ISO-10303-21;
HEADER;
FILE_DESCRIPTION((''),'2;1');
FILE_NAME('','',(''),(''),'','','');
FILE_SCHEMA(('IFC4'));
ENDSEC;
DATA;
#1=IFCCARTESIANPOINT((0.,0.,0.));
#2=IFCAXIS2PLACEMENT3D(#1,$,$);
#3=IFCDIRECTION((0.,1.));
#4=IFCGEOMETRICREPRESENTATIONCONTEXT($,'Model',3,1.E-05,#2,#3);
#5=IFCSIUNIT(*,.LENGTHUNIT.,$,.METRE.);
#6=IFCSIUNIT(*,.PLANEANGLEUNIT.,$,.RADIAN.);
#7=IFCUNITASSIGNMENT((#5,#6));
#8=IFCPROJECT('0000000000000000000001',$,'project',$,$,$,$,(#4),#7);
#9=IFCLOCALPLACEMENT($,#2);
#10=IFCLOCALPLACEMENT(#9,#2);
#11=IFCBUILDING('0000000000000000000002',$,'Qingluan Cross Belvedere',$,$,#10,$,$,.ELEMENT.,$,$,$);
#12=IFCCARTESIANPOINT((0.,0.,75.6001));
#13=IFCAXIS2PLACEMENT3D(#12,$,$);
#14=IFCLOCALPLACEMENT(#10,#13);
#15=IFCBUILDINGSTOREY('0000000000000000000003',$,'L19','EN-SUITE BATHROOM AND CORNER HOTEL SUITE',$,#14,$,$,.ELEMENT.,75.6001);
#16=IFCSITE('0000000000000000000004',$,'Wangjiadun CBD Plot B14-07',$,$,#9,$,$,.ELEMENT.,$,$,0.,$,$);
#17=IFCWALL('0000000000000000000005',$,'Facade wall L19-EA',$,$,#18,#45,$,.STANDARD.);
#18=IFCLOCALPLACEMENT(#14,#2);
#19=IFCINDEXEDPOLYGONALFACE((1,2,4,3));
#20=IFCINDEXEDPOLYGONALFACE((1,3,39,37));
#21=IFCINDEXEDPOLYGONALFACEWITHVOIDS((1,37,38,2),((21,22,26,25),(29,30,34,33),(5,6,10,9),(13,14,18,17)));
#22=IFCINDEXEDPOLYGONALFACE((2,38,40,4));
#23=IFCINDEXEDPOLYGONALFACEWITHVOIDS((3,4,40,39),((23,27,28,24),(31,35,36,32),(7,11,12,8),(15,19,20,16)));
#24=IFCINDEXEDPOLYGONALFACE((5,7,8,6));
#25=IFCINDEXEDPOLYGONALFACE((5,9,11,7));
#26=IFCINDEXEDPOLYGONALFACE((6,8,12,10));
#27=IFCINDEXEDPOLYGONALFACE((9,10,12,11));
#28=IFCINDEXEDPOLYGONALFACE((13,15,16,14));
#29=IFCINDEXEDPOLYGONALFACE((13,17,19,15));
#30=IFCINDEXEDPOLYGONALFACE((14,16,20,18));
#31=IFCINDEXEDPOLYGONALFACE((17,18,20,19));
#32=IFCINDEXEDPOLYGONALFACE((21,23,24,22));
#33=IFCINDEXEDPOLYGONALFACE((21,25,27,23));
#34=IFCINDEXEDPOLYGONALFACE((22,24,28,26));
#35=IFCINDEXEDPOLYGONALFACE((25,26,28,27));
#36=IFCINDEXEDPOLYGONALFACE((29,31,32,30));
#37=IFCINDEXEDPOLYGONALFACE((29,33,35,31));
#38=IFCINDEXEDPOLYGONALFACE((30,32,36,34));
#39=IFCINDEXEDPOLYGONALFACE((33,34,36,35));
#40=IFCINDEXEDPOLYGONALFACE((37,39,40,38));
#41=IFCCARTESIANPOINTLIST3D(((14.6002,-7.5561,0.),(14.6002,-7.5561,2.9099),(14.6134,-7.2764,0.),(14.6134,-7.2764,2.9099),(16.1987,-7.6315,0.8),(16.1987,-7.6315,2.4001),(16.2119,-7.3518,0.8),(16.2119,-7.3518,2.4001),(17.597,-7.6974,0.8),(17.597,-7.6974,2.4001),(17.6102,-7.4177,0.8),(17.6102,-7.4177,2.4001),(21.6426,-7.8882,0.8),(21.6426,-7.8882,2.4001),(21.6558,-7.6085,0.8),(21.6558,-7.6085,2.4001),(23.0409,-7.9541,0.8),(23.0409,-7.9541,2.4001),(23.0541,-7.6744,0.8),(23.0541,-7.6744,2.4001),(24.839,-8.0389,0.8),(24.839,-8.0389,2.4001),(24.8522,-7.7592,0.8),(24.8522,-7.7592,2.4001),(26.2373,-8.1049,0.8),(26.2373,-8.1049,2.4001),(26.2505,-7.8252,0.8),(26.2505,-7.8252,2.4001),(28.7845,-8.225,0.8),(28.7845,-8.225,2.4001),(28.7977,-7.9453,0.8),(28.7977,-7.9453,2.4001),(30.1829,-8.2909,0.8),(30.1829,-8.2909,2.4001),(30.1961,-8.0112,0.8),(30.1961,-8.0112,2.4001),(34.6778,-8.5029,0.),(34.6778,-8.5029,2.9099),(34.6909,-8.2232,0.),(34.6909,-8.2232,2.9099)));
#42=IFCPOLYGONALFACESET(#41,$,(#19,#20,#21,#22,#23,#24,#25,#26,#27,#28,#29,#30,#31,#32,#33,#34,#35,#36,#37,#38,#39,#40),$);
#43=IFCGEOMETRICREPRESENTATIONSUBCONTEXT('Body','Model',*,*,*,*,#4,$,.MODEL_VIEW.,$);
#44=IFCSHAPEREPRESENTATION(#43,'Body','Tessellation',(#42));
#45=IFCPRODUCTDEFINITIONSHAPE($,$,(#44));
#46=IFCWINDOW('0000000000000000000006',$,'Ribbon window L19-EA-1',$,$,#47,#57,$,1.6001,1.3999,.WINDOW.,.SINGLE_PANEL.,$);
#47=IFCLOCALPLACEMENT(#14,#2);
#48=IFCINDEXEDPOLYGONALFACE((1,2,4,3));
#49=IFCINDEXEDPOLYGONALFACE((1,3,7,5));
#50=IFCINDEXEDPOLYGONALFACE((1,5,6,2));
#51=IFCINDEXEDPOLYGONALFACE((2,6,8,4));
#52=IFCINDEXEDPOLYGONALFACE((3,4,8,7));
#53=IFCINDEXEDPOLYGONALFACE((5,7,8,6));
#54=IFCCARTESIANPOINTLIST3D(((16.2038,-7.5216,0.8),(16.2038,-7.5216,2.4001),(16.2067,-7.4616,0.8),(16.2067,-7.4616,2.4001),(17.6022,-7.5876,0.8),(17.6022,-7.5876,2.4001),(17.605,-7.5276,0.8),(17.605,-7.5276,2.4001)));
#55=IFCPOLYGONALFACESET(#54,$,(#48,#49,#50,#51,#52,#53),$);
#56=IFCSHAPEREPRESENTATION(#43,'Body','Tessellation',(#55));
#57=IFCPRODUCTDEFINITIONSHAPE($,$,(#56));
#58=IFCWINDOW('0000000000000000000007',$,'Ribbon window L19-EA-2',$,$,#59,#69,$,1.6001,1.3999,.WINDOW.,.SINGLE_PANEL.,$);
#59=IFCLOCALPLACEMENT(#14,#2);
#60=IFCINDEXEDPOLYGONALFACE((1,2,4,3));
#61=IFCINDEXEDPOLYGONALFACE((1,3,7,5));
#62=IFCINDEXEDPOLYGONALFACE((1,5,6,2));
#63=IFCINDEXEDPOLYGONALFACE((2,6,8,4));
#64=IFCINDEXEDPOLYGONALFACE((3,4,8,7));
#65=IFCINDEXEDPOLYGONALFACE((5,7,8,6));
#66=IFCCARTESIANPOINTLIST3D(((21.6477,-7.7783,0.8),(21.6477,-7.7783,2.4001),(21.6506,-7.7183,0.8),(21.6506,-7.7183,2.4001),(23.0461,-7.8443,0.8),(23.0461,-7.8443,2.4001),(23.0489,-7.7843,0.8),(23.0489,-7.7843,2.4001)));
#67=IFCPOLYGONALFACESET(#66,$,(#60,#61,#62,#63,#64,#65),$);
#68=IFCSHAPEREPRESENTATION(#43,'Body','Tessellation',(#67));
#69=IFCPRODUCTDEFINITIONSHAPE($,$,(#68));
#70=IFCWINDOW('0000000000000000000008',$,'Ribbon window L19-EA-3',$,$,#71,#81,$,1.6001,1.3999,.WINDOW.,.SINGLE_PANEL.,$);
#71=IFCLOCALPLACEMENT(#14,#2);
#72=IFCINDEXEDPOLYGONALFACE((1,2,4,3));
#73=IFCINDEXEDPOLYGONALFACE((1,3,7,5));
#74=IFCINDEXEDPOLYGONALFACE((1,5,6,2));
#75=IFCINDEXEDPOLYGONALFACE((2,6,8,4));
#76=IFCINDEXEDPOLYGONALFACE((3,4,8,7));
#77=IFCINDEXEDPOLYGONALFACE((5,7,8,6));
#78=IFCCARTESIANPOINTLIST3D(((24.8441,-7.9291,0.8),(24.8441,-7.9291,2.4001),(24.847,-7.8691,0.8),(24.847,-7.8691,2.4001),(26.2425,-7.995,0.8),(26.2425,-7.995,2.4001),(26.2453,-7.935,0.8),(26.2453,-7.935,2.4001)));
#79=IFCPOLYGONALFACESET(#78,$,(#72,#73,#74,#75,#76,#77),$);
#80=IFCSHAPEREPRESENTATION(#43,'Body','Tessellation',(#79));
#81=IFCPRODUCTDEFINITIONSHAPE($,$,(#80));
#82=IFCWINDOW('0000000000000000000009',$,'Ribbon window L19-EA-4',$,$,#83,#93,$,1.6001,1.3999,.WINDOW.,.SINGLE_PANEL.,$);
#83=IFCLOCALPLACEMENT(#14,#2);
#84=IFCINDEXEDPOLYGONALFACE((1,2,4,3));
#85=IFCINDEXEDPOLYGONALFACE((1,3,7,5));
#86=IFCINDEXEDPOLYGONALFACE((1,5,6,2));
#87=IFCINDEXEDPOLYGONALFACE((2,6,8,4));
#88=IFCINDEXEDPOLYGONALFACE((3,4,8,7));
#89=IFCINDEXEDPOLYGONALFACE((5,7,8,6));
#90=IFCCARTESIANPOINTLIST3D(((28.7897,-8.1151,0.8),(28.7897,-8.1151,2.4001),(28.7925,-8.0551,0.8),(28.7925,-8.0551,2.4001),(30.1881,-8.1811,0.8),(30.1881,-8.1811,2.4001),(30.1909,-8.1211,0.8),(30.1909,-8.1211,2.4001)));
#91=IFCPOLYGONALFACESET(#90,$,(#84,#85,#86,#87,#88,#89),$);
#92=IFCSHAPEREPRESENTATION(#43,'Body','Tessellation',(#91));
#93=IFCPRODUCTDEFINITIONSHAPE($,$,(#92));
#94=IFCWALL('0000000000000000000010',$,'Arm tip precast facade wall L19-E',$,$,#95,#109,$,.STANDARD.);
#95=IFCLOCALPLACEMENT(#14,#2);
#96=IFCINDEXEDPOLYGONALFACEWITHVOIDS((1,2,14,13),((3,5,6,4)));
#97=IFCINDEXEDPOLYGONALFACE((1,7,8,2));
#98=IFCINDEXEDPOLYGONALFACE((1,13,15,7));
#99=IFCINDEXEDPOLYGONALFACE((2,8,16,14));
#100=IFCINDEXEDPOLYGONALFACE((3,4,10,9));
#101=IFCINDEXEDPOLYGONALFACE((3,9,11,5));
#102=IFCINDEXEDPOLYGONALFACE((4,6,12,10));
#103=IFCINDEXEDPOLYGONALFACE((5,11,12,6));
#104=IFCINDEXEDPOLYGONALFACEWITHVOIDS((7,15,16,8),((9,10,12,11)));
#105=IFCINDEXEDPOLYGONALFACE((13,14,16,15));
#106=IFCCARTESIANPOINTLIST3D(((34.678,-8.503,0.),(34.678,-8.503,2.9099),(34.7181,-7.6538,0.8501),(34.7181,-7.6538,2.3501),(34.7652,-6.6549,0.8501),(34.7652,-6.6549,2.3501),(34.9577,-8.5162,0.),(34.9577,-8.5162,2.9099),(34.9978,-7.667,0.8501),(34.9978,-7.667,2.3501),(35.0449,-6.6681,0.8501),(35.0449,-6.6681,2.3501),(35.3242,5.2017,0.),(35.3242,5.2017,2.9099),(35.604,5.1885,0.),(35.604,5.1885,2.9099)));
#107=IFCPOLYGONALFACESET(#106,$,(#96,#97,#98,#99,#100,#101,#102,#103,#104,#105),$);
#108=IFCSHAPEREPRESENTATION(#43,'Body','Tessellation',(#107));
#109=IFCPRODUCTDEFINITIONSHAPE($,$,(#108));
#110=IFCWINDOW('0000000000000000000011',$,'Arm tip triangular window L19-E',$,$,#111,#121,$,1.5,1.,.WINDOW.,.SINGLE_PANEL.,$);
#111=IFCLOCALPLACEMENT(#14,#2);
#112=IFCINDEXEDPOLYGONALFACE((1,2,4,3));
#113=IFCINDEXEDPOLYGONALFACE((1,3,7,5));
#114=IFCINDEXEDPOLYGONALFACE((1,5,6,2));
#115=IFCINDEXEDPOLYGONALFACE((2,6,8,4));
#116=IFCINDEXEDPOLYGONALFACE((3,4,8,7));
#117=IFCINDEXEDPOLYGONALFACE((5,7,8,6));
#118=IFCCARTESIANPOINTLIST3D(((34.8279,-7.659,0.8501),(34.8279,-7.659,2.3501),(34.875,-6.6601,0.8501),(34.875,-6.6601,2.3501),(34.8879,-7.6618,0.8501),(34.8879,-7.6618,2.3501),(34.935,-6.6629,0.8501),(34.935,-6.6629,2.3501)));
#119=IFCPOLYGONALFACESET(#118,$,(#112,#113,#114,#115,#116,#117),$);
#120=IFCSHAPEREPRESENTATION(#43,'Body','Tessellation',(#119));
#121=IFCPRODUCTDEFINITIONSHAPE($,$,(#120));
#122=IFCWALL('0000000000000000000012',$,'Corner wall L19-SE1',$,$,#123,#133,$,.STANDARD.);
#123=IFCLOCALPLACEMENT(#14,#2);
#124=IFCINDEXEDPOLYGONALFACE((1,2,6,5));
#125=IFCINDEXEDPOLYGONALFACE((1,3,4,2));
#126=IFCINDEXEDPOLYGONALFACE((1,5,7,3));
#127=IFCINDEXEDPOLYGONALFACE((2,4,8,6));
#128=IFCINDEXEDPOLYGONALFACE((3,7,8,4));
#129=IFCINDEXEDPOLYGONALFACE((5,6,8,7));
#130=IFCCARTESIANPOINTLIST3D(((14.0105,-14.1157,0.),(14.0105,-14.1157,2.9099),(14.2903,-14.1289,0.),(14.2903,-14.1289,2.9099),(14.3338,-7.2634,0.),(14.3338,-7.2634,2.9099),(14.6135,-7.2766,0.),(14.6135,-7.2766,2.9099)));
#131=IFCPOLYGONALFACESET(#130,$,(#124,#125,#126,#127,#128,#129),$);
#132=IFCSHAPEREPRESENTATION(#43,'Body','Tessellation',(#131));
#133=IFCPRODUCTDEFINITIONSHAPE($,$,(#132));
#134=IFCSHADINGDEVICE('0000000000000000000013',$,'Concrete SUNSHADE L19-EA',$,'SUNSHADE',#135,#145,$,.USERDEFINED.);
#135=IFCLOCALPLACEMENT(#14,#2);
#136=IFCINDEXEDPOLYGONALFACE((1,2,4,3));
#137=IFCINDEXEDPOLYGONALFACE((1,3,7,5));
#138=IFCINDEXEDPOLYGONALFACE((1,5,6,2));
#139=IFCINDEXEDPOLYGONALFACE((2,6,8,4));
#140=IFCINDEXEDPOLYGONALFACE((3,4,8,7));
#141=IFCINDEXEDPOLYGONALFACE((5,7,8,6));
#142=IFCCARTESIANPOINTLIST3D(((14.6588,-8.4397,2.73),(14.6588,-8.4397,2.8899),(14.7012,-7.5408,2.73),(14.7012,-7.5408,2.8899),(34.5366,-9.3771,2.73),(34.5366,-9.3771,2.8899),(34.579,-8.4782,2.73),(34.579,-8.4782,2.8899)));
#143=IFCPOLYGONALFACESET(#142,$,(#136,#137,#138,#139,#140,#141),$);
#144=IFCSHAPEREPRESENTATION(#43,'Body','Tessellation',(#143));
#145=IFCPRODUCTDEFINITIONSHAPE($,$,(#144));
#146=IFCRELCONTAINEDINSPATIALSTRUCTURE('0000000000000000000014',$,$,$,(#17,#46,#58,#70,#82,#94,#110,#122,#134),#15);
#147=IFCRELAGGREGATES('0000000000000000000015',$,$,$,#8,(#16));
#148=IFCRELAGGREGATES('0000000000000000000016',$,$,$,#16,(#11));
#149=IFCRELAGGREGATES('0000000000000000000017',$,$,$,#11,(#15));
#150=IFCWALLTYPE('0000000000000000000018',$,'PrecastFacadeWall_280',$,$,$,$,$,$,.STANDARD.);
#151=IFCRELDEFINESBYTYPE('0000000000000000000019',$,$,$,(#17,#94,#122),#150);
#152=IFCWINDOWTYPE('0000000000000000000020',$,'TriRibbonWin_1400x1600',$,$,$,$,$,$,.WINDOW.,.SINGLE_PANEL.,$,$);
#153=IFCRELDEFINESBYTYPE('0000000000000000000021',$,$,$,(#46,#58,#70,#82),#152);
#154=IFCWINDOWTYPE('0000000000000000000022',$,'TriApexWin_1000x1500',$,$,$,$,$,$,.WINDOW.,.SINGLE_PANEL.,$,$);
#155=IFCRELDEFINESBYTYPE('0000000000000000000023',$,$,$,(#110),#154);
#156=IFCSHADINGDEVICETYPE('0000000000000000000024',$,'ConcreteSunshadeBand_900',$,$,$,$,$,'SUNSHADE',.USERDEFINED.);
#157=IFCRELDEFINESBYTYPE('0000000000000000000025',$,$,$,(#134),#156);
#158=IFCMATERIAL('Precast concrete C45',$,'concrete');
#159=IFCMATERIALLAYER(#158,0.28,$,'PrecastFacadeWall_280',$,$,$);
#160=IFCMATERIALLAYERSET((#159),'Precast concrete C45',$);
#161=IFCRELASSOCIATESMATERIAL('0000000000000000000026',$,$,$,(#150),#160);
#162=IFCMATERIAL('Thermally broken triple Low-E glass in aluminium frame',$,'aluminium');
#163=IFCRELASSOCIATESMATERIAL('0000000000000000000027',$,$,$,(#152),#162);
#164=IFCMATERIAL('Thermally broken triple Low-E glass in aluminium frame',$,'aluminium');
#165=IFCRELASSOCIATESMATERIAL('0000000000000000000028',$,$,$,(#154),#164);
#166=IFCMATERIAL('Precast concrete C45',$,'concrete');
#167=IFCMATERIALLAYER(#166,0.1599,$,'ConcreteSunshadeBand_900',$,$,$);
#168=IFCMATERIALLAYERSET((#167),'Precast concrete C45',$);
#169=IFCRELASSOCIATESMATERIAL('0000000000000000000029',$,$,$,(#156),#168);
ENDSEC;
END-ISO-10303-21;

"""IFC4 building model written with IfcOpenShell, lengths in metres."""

from ifc_helpers import new_model, si_unit, direction, frame, frame_2d, origin, origin_2d, place, context, subcontext, project, spatial, rectangle, extrude, material, layer, layer_set, type_object, element, fill, save


model = new_model("IFC4")

# Units and contexts
model_context = context("Model", 3, precision=1e-05, world=origin(), true_north=direction((0.0, 1.0)))
body_context = subcontext(model_context, "Body", "Model", "MODEL_VIEW")
ifc_project = project(units=[si_unit("LENGTHUNIT", "METRE"), si_unit("PLANEANGLEUNIT", "RADIAN")], contexts=[model_context])

# Site, building, storey
site_placement = place(None, origin())
site = spatial("IfcSite", under=ifc_project, at=site_placement, Name="Wangjiadun CBD Plot B14-07", CompositionType="ELEMENT", RefElevation=0.0)
building_placement = place(site_placement, origin())
building = spatial("IfcBuilding", under=site, at=building_placement, Name="Qingluan Cross Belvedere", CompositionType="ELEMENT")
storey_placement = place(building_placement, frame((0.0, 0.0, 75.6001)))
storey = spatial("IfcBuildingStorey", under=building, at=storey_placement, Name="L19", Description="EN-SUITE BATHROOM AND CORNER HOTEL SUITE", CompositionType="ELEMENT", Elevation=75.6001)

# Wall, openings, windows
ifc_material_1 = material(Name="Precast concrete C45", Category="concrete")
ifc_layer_1 = layer(ifc_material_1, 0.28, Name="PrecastFacadeWall_280")
ifc_layer_set_1 = layer_set([ifc_layer_1], Name="Precast concrete C45")
wall_type_1 = type_object("IfcWallType", Name="PrecastFacadeWall_280", PredefinedType="STANDARD", material=ifc_layer_set_1)
wall_1_placement = place(storey_placement, frame((14.6069, -7.4163, 0.0), z_axis=(0.0, 0.0, 1.0), x_axis=(0.99889, -0.047103, 0.0)))
wall_1 = element("IfcWall", 1, at=wall_1_placement, inside=storey, type_object=wall_type_1, Name="Facade wall L19-EA", PredefinedType="STANDARD", context=body_context, shape_type="SweptSolid", body=[
    extrude(rectangle(XDim=20.0999, YDim=0.28, at=frame_2d((10.0498, 0.0))), origin(), (0.0, 0.0, 1.0), 2.9099),
])
opening_1_placement = place(wall_1_placement, frame((1.6001, 0.0, 0.8)))
opening_1 = element("IfcOpeningElement", 2, at=opening_1_placement, cuts=wall_1, PredefinedType="OPENING", context=body_context, shape_type="SweptSolid", body=[
    extrude(rectangle(XDim=1.3999, YDim=1.6001, at=frame_2d((0.7, 0.8))), frame((0.0, 0.1499, 0.0), z_axis=(0.0, -1.0, 0.0), x_axis=(1.0, 0.0, 0.0)), (0.0, 0.0, 1.0), 0.3),
])
opening_2_placement = place(wall_1_placement, frame((7.05, 0.0, 0.8)))
opening_2 = element("IfcOpeningElement", 3, at=opening_2_placement, cuts=wall_1, PredefinedType="OPENING", context=body_context, shape_type="SweptSolid", body=[
    extrude(rectangle(XDim=1.3999, YDim=1.6001, at=frame_2d((0.7, 0.8))), frame((0.0, 0.1499, 0.0), z_axis=(0.0, -1.0, 0.0), x_axis=(1.0, 0.0, 0.0)), (0.0, 0.0, 1.0), 0.3),
])
opening_3_placement = place(wall_1_placement, frame((10.25, 0.0, 0.8)))
opening_3 = element("IfcOpeningElement", 4, at=opening_3_placement, cuts=wall_1, PredefinedType="OPENING", context=body_context, shape_type="SweptSolid", body=[
    extrude(rectangle(XDim=1.3999, YDim=1.6001, at=frame_2d((0.7, 0.8))), frame((0.0, 0.1499, 0.0), z_axis=(0.0, -1.0, 0.0), x_axis=(1.0, 0.0, 0.0)), (0.0, 0.0, 1.0), 0.3),
])
opening_4_placement = place(wall_1_placement, frame((14.2, 0.0, 0.8)))
opening_4 = element("IfcOpeningElement", 5, at=opening_4_placement, cuts=wall_1, PredefinedType="OPENING", context=body_context, shape_type="SweptSolid", body=[
    extrude(rectangle(XDim=1.3999, YDim=1.6001, at=frame_2d((0.7, 0.8))), frame((0.0, 0.1499, 0.0), z_axis=(0.0, -1.0, 0.0), x_axis=(1.0, 0.0, 0.0)), (0.0, 0.0, 1.0), 0.3),
])
ifc_material_2 = material(Name="Thermally broken triple Low-E glass in aluminium frame", Category="aluminium")
window_type_1 = type_object("IfcWindowType", Name="TriRibbonWin_1400x1600", PartitioningType="SINGLE_PANEL", PredefinedType="WINDOW", material=ifc_material_2)
window_1_placement = place(opening_1_placement, origin())
window_1 = element("IfcWindow", 6, at=window_1_placement, inside=storey, type_object=window_type_1, Name="Ribbon window L19-EA-1", OverallHeight=1.6001, OverallWidth=1.3999, PartitioningType="SINGLE_PANEL", PredefinedType="WINDOW", context=body_context, shape_type="SweptSolid", body=[
    extrude(rectangle(XDim=1.3999, YDim=1.6001, at=frame_2d((0.7, 0.8))), frame((0.0, 0.03, 0.0), z_axis=(0.0, -1.0, 0.0), x_axis=(1.0, 0.0, 0.0)), (0.0, 0.0, 1.0), 0.0601),
])
fill(opening_1, window_1)
window_2_placement = place(opening_2_placement, origin())
window_2 = element("IfcWindow", 7, at=window_2_placement, inside=storey, type_object=window_type_1, Name="Ribbon window L19-EA-2", OverallHeight=1.6001, OverallWidth=1.3999, PartitioningType="SINGLE_PANEL", PredefinedType="WINDOW", context=body_context, shape_type="SweptSolid", body=[
    extrude(rectangle(XDim=1.3999, YDim=1.6001, at=frame_2d((0.7, 0.8))), frame((0.0, 0.03, 0.0), z_axis=(0.0, -1.0, 0.0), x_axis=(1.0, 0.0, 0.0)), (0.0, 0.0, 1.0), 0.0601),
])
fill(opening_2, window_2)
window_3_placement = place(opening_3_placement, origin())
window_3 = element("IfcWindow", 8, at=window_3_placement, inside=storey, type_object=window_type_1, Name="Ribbon window L19-EA-3", OverallHeight=1.6001, OverallWidth=1.3999, PartitioningType="SINGLE_PANEL", PredefinedType="WINDOW", context=body_context, shape_type="SweptSolid", body=[
    extrude(rectangle(XDim=1.3999, YDim=1.6001, at=frame_2d((0.7, 0.8))), frame((0.0, 0.03, 0.0), z_axis=(0.0, -1.0, 0.0), x_axis=(1.0, 0.0, 0.0)), (0.0, 0.0, 1.0), 0.0601),
])
fill(opening_3, window_3)
window_4_placement = place(opening_4_placement, origin())
window_4 = element("IfcWindow", 9, at=window_4_placement, inside=storey, type_object=window_type_1, Name="Ribbon window L19-EA-4", OverallHeight=1.6001, OverallWidth=1.3999, PartitioningType="SINGLE_PANEL", PredefinedType="WINDOW", context=body_context, shape_type="SweptSolid", body=[
    extrude(rectangle(XDim=1.3999, YDim=1.6001, at=frame_2d((0.7, 0.8))), frame((0.0, 0.03, 0.0), z_axis=(0.0, -1.0, 0.0), x_axis=(1.0, 0.0, 0.0)), (0.0, 0.0, 1.0), 0.0601),
])
fill(opening_4, window_4)

# Wall, opening, window
wall_2_placement = place(storey_placement, frame((34.8179, -8.5095, 0.0), z_axis=(0.0, 0.0, 1.0), x_axis=(0.047102, 0.99889, 0.0)))
wall_2 = element("IfcWall", 10, at=wall_2_placement, inside=storey, type_object=wall_type_1, Name="Arm tip precast facade wall L19-E", PredefinedType="STANDARD", context=body_context, shape_type="SweptSolid", body=[
    extrude(rectangle(XDim=13.72, YDim=0.28, at=frame_2d((6.8599, 0.0))), origin(), (0.0, 0.0, 1.0), 2.9099),
])
opening_5_placement = place(wall_2_placement, frame((0.8501, 0.0, 0.8501)))
opening_5 = element("IfcOpeningElement", 11, at=opening_5_placement, cuts=wall_2, PredefinedType="OPENING", context=body_context, shape_type="SweptSolid", body=[
    extrude(rectangle(XDim=1.0, YDim=1.5, at=frame_2d((0.5, 0.75))), frame((0.0, 0.1499, 0.0), z_axis=(0.0, -1.0, 0.0), x_axis=(1.0, 0.0, 0.0)), (0.0, 0.0, 1.0), 0.3),
])
ifc_material_3 = material(Name="Thermally broken triple Low-E glass in aluminium frame", Category="aluminium")
window_type_2 = type_object("IfcWindowType", Name="TriApexWin_1000x1500", PartitioningType="SINGLE_PANEL", PredefinedType="WINDOW", material=ifc_material_3)
window_5_placement = place(opening_5_placement, origin())
window_5 = element("IfcWindow", 12, at=window_5_placement, inside=storey, type_object=window_type_2, Name="Arm tip triangular window L19-E", OverallHeight=1.5, OverallWidth=1.0, PartitioningType="SINGLE_PANEL", PredefinedType="WINDOW", context=body_context, shape_type="SweptSolid", body=[
    extrude(rectangle(XDim=1.0, YDim=1.5, at=frame_2d((0.5, 0.75))), frame((0.0, 0.03, 0.0), z_axis=(0.0, -1.0, 0.0), x_axis=(1.0, 0.0, 0.0)), (0.0, 0.0, 1.0), 0.0601),
])
fill(opening_5, window_5)

# Wall
wall_3_placement = place(storey_placement, frame((14.4736, -7.27, 0.0), z_axis=(0.0, 0.0, 1.0), x_axis=(-0.04712, -0.998889, 0.0)))
element("IfcWall", 13, at=wall_3_placement, inside=storey, type_object=wall_type_1, Name="Corner wall L19-SE1", PredefinedType="STANDARD", context=body_context, shape_type="SweptSolid", body=[
    extrude(rectangle(XDim=6.8599, YDim=0.28, at=frame_2d((3.4299, 0.0))), origin(), (0.0, 0.0, 1.0), 2.9099),
])

# Shading device
ifc_material_4 = material(Name="Precast concrete C45", Category="concrete")
ifc_layer_2 = layer(ifc_material_4, 0.1599, Name="ConcreteSunshadeBand_900")
ifc_layer_set_2 = layer_set([ifc_layer_2], Name="Precast concrete C45")
shading_device_type = type_object("IfcShadingDeviceType", Name="ConcreteSunshadeBand_900", ElementType="SUNSHADE", PredefinedType="USERDEFINED", material=ifc_layer_set_2)
shading_device_placement = place(storey_placement, frame((24.6189, -8.459, 2.73), z_axis=(0.0, 0.0, 1.0), x_axis=(0.99889, -0.047105, 0.0)))
element("IfcShadingDevice", 14, at=shading_device_placement, inside=storey, type_object=shading_device_type, Name="Concrete SUNSHADE L19-EA", ObjectType="SUNSHADE", PredefinedType="USERDEFINED", context=body_context, shape_type="SweptSolid", body=[
    extrude(rectangle(XDim=19.8999, YDim=0.8999, at=origin_2d()), origin(), (0.0, 0.0, 1.0), 0.1599),
])

save(model, "model.ifc")
